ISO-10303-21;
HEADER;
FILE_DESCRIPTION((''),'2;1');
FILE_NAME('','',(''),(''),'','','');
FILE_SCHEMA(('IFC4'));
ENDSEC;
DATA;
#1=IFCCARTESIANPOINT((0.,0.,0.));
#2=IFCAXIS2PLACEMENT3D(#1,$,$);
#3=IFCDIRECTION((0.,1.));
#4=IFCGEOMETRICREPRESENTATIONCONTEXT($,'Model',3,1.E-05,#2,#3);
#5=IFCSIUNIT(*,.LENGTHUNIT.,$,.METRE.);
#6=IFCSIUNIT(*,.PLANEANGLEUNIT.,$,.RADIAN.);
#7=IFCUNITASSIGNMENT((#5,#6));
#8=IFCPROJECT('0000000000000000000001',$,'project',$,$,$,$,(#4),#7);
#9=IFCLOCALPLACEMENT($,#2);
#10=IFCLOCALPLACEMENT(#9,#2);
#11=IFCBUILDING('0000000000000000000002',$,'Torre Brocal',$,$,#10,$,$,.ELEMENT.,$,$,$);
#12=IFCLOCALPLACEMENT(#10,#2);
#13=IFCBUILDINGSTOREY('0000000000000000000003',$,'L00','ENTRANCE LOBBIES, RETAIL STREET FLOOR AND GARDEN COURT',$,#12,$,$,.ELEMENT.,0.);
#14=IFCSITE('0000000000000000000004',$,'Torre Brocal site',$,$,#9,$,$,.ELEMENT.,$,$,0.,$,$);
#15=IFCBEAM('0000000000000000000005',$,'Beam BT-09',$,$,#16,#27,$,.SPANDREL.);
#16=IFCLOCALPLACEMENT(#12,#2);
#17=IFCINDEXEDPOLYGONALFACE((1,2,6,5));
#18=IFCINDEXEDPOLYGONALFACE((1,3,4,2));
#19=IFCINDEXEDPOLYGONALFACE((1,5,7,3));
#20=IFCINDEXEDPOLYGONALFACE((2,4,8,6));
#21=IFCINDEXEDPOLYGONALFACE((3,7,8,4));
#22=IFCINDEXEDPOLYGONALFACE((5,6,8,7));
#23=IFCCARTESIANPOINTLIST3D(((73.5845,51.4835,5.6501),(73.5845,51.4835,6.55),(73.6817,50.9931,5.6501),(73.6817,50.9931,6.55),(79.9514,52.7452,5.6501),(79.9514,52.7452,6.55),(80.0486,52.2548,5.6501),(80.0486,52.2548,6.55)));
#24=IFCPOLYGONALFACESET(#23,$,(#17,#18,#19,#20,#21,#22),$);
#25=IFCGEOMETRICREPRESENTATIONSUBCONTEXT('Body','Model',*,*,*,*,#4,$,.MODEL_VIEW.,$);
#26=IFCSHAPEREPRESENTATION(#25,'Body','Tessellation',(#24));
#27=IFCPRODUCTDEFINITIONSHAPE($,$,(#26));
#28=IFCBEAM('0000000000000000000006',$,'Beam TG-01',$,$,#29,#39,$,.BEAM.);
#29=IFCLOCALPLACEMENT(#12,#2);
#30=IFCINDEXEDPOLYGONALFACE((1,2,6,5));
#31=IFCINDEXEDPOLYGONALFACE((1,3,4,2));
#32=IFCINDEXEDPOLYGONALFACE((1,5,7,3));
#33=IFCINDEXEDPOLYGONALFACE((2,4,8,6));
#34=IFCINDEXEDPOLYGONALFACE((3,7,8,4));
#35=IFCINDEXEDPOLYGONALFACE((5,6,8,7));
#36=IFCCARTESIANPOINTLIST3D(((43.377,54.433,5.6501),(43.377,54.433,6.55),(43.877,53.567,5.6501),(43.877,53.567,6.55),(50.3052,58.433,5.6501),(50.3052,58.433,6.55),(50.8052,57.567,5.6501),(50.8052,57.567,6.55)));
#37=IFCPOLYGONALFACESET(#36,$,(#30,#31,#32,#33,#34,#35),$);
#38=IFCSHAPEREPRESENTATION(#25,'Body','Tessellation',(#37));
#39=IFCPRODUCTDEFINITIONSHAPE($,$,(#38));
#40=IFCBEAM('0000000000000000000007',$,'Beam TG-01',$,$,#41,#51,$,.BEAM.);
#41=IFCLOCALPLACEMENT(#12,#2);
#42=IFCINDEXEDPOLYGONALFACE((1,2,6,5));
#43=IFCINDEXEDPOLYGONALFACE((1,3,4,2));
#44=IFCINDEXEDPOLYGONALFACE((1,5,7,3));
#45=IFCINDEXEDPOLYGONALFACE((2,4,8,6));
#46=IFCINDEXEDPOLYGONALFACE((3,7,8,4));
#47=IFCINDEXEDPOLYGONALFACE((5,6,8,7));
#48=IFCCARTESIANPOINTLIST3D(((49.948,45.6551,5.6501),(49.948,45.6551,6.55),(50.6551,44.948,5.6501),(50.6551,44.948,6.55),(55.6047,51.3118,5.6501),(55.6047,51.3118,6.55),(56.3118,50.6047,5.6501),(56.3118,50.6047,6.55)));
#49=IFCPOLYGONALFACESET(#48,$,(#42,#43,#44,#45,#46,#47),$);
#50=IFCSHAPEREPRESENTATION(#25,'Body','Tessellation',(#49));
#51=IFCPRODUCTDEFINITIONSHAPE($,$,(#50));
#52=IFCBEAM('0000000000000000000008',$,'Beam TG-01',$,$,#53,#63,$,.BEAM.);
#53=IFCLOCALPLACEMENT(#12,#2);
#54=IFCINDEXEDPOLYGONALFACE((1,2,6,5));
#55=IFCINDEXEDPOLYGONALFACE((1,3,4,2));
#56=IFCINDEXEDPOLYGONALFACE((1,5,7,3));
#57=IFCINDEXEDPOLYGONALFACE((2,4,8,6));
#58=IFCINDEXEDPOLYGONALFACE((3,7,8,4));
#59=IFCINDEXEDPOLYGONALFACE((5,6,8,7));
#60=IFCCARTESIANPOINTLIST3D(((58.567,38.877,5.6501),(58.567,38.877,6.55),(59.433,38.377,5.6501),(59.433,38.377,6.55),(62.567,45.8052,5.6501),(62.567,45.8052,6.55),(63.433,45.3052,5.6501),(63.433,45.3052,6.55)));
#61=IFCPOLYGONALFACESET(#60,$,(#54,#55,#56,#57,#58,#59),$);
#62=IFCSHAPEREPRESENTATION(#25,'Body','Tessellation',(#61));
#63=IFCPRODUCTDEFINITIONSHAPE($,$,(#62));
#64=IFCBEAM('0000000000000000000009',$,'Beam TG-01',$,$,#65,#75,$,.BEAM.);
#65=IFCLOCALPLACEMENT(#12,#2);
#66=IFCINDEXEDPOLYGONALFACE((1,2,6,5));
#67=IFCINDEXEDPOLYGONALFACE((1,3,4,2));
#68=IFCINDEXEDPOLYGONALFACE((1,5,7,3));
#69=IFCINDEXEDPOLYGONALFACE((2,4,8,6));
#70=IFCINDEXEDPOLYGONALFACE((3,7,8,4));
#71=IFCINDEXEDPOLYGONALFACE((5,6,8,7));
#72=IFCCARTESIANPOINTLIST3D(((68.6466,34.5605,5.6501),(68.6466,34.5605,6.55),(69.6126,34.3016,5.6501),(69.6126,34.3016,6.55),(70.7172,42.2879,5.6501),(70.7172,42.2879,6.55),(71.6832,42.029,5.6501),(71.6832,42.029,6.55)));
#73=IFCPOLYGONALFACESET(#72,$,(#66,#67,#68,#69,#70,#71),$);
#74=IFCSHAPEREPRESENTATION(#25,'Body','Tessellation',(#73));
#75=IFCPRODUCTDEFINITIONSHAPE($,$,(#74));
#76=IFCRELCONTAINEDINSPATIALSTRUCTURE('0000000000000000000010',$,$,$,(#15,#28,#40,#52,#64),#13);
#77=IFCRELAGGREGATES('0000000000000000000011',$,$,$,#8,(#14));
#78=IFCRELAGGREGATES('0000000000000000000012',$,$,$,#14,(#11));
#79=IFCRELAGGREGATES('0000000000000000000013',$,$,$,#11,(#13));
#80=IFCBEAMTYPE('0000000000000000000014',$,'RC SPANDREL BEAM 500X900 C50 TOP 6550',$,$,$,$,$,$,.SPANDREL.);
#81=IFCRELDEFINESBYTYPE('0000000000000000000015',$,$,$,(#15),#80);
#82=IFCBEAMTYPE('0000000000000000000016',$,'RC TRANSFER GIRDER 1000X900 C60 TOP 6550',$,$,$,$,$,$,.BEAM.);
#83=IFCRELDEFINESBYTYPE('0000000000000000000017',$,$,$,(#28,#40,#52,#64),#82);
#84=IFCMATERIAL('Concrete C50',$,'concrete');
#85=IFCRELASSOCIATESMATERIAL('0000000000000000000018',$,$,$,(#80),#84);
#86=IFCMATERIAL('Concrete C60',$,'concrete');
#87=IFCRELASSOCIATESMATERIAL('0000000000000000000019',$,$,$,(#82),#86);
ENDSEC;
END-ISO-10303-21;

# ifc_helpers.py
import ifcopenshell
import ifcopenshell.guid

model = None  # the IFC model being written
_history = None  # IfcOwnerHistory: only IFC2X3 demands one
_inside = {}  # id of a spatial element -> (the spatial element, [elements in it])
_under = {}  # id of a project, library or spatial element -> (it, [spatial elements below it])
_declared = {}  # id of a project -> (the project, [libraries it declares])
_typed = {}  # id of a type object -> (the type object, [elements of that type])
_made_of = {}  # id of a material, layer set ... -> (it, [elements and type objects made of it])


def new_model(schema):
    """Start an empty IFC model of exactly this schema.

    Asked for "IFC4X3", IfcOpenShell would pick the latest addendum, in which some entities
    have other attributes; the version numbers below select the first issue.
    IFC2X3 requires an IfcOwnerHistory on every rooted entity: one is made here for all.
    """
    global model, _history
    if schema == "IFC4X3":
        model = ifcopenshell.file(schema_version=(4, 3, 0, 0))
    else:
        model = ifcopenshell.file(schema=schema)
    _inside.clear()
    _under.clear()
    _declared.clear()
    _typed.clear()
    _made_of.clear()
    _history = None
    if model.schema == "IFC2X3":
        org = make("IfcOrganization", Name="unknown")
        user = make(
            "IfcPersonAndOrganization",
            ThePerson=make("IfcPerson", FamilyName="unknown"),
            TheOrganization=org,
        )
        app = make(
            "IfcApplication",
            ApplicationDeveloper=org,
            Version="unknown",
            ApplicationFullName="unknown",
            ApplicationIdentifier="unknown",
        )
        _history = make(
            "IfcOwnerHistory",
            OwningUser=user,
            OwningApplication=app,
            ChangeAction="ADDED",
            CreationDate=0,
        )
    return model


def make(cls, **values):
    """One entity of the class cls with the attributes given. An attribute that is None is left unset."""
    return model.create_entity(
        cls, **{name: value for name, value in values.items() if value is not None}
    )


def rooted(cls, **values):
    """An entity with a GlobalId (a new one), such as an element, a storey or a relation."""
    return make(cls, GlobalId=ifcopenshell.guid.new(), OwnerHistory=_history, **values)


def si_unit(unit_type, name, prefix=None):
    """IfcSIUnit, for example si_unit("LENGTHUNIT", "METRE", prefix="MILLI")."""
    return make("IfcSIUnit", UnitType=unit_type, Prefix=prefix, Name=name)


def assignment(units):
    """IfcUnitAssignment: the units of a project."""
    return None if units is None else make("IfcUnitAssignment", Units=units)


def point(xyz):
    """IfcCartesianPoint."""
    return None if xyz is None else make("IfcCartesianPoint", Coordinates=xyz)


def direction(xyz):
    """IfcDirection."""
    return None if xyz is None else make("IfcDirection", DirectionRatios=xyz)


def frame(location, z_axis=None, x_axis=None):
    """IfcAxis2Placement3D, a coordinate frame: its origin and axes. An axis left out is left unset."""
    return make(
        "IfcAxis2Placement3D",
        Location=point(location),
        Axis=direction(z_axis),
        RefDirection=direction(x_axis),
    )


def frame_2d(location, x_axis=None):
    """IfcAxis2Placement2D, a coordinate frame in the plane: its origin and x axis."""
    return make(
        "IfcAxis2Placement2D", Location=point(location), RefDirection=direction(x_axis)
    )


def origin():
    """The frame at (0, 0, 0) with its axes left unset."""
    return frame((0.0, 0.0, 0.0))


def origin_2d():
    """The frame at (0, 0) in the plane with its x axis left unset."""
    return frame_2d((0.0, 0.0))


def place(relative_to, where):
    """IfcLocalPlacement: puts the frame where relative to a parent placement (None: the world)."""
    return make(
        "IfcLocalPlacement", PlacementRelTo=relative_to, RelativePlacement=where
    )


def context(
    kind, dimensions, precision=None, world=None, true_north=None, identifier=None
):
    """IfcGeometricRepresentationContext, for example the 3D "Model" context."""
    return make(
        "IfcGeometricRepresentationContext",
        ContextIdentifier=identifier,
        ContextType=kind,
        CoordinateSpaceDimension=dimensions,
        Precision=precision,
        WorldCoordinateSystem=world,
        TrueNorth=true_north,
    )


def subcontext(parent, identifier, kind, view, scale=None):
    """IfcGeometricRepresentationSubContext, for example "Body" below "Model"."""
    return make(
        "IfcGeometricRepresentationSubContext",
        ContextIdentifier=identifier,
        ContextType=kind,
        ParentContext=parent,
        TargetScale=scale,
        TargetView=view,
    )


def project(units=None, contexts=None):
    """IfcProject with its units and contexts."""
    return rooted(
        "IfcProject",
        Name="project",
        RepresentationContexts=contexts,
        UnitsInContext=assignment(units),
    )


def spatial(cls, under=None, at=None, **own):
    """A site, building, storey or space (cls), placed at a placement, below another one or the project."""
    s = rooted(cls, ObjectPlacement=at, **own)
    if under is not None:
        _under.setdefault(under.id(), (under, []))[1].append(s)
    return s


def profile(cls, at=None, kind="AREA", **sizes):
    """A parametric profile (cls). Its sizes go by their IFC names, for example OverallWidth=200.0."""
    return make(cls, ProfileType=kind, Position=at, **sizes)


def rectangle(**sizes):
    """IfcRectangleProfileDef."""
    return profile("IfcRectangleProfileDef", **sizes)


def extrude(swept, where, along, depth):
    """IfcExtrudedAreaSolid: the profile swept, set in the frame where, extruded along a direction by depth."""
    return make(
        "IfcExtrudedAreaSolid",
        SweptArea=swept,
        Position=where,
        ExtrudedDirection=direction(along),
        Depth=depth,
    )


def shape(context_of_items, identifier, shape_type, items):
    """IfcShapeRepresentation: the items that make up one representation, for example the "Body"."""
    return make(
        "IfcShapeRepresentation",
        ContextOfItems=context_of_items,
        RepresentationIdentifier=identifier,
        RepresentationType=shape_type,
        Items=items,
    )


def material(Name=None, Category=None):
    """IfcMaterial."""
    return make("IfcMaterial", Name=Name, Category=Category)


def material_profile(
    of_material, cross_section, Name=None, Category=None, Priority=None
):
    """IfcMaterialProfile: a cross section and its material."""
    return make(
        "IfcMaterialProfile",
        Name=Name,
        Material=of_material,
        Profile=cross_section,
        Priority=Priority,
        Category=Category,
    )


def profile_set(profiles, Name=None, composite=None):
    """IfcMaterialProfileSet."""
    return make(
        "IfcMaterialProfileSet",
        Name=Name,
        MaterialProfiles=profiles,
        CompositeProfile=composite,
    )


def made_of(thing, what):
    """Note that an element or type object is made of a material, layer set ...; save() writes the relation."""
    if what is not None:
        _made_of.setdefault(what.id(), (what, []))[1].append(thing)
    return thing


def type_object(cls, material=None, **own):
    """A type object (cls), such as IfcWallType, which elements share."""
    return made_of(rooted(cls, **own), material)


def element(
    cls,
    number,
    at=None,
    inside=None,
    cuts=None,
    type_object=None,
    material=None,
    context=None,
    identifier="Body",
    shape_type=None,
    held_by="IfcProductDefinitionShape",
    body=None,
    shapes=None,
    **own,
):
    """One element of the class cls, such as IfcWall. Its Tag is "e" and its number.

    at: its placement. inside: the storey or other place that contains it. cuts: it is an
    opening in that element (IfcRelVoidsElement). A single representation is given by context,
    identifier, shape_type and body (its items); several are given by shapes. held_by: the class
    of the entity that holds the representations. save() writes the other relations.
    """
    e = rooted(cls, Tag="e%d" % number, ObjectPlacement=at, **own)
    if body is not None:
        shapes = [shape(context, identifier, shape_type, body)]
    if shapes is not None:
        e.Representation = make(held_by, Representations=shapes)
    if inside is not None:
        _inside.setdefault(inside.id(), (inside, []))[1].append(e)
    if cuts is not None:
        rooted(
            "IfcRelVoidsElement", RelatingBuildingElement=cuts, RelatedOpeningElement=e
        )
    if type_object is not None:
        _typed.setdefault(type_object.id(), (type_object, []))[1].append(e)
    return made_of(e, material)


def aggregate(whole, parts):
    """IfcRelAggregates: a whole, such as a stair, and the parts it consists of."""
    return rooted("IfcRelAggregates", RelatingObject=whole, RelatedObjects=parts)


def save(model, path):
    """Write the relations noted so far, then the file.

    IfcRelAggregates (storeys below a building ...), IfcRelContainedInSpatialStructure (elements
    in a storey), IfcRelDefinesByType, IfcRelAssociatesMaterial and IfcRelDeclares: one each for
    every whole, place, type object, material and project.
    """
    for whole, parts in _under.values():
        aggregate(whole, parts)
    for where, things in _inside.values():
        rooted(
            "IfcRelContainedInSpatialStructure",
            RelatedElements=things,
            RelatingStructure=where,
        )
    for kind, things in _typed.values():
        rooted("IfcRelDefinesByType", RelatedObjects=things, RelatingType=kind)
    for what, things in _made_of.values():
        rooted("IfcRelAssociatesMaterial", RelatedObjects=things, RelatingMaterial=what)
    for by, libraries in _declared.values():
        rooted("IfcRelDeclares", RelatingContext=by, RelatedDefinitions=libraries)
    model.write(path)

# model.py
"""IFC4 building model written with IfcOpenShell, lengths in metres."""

from ifc_helpers import new_model, si_unit, direction, frame, origin, origin_2d, place, context, subcontext, project, spatial, rectangle, extrude, material, material_profile, profile_set, type_object, element, save


model = new_model("IFC4")

# Units and contexts
model_context = context("Model", 3, precision=1e-05, world=origin(), true_north=direction((0.0, 1.0)))
body_context = subcontext(model_context, "Body", "Model", "MODEL_VIEW")
ifc_project = project(units=[si_unit("LENGTHUNIT", "METRE"), si_unit("PLANEANGLEUNIT", "RADIAN")], contexts=[model_context])

# Site, building, storey
site_placement = place(None, origin())
site = spatial("IfcSite", under=ifc_project, at=site_placement, Name="Torre Brocal site", CompositionType="ELEMENT", RefElevation=0.0)
building_placement = place(site_placement, origin())
building = spatial("IfcBuilding", under=site, at=building_placement, Name="Torre Brocal", CompositionType="ELEMENT")
storey_placement = place(building_placement, origin())
storey = spatial("IfcBuildingStorey", under=building, at=storey_placement, Name="L00", Description="ENTRANCE LOBBIES, RETAIL STREET FLOOR AND GARDEN COURT", CompositionType="ELEMENT", Elevation=0.0)

# Beams
ifc_material_1 = material(Name="Concrete C50", Category="concrete")
ifc_material_profile_1 = material_profile(ifc_material_1, rectangle(XDim=0.5, YDim=0.8999, at=origin_2d()), Name="RC 500X900")
ifc_profile_set_1 = profile_set([ifc_material_profile_1], Name="Concrete C50")
beam_type_1 = type_object("IfcBeamType", Name="RC SPANDREL BEAM 500X900 C50 TOP 6550", PredefinedType="SPANDREL", material=ifc_profile_set_1)
beam_1_placement = place(storey_placement, frame((73.6331, 51.2383, 6.1001), z_axis=(0.980925, 0.194387, 0.0), x_axis=(-0.194387, 0.980925, 0.0)))
element("IfcBeam", 1, at=beam_1_placement, inside=storey, type_object=beam_type_1, Name="Beam BT-09", PredefinedType="SPANDREL", context=body_context, shape_type="SweptSolid", body=[
    extrude(rectangle(XDim=0.5, YDim=0.8999, at=origin_2d()), origin(), (0.0, 0.0, 1.0), 6.4907),
])
ifc_material_2 = material(Name="Concrete C60", Category="concrete")
ifc_material_profile_2 = material_profile(ifc_material_2, rectangle(XDim=1.0, YDim=0.8999, at=origin_2d()), Name="RC 1000X900")
ifc_profile_set_2 = profile_set([ifc_material_profile_2], Name="Concrete C60")
beam_type_2 = type_object("IfcBeamType", Name="RC TRANSFER GIRDER 1000X900 C60 TOP 6550", PredefinedType="BEAM", material=ifc_profile_set_2)
beam_2_placement = place(storey_placement, frame((50.5552, 58.0, 6.1001), z_axis=(-0.866026, -0.499999, 0.0), x_axis=(0.499999, -0.866026, 0.0)))
element("IfcBeam", 2, at=beam_2_placement, inside=storey, type_object=beam_type_2, Name="Beam TG-01", PredefinedType="BEAM", context=body_context, shape_type="SweptSolid", body=[
    extrude(rectangle(XDim=1.0, YDim=0.8999, at=origin_2d()), origin(), (0.0, 0.0, 1.0), 8.0),
])
beam_3_placement = place(storey_placement, frame((55.9583, 50.9583, 6.1001), z_axis=(-0.707107, -0.707107, 0.0), x_axis=(0.707107, -0.707107, 0.0)))
element("IfcBeam", 3, at=beam_3_placement, inside=storey, type_object=beam_type_2, Name="Beam TG-01", PredefinedType="BEAM", context=body_context, shape_type="SweptSolid", body=[
    extrude(rectangle(XDim=1.0, YDim=0.8999, at=origin_2d()), origin(), (0.0, 0.0, 1.0), 7.9998),
])
for number, where, z_axis, x_axis, name in (
    (4, (63.0, 45.5552, 6.1001), (-0.499999, -0.866026, 0.0), (0.866026, -0.499999, 0.0), "Beam TG-01"),
    (5, (71.2002, 42.1584, 6.1001), (-0.258823, -0.965925, 0.0), (0.965925, -0.258823, 0.0), "Beam TG-01"),
):
    element("IfcBeam", number, at=place(storey_placement, frame(where, z_axis=z_axis, x_axis=x_axis)), inside=storey, type_object=beam_type_2, Name=name, PredefinedType="BEAM", context=body_context, shape_type="SweptSolid", body=[
        extrude(rectangle(XDim=1.0, YDim=0.8999, at=origin_2d()), origin(), (0.0, 0.0, 1.0), 8.0),
    ])

save(model, "model.ifc")
